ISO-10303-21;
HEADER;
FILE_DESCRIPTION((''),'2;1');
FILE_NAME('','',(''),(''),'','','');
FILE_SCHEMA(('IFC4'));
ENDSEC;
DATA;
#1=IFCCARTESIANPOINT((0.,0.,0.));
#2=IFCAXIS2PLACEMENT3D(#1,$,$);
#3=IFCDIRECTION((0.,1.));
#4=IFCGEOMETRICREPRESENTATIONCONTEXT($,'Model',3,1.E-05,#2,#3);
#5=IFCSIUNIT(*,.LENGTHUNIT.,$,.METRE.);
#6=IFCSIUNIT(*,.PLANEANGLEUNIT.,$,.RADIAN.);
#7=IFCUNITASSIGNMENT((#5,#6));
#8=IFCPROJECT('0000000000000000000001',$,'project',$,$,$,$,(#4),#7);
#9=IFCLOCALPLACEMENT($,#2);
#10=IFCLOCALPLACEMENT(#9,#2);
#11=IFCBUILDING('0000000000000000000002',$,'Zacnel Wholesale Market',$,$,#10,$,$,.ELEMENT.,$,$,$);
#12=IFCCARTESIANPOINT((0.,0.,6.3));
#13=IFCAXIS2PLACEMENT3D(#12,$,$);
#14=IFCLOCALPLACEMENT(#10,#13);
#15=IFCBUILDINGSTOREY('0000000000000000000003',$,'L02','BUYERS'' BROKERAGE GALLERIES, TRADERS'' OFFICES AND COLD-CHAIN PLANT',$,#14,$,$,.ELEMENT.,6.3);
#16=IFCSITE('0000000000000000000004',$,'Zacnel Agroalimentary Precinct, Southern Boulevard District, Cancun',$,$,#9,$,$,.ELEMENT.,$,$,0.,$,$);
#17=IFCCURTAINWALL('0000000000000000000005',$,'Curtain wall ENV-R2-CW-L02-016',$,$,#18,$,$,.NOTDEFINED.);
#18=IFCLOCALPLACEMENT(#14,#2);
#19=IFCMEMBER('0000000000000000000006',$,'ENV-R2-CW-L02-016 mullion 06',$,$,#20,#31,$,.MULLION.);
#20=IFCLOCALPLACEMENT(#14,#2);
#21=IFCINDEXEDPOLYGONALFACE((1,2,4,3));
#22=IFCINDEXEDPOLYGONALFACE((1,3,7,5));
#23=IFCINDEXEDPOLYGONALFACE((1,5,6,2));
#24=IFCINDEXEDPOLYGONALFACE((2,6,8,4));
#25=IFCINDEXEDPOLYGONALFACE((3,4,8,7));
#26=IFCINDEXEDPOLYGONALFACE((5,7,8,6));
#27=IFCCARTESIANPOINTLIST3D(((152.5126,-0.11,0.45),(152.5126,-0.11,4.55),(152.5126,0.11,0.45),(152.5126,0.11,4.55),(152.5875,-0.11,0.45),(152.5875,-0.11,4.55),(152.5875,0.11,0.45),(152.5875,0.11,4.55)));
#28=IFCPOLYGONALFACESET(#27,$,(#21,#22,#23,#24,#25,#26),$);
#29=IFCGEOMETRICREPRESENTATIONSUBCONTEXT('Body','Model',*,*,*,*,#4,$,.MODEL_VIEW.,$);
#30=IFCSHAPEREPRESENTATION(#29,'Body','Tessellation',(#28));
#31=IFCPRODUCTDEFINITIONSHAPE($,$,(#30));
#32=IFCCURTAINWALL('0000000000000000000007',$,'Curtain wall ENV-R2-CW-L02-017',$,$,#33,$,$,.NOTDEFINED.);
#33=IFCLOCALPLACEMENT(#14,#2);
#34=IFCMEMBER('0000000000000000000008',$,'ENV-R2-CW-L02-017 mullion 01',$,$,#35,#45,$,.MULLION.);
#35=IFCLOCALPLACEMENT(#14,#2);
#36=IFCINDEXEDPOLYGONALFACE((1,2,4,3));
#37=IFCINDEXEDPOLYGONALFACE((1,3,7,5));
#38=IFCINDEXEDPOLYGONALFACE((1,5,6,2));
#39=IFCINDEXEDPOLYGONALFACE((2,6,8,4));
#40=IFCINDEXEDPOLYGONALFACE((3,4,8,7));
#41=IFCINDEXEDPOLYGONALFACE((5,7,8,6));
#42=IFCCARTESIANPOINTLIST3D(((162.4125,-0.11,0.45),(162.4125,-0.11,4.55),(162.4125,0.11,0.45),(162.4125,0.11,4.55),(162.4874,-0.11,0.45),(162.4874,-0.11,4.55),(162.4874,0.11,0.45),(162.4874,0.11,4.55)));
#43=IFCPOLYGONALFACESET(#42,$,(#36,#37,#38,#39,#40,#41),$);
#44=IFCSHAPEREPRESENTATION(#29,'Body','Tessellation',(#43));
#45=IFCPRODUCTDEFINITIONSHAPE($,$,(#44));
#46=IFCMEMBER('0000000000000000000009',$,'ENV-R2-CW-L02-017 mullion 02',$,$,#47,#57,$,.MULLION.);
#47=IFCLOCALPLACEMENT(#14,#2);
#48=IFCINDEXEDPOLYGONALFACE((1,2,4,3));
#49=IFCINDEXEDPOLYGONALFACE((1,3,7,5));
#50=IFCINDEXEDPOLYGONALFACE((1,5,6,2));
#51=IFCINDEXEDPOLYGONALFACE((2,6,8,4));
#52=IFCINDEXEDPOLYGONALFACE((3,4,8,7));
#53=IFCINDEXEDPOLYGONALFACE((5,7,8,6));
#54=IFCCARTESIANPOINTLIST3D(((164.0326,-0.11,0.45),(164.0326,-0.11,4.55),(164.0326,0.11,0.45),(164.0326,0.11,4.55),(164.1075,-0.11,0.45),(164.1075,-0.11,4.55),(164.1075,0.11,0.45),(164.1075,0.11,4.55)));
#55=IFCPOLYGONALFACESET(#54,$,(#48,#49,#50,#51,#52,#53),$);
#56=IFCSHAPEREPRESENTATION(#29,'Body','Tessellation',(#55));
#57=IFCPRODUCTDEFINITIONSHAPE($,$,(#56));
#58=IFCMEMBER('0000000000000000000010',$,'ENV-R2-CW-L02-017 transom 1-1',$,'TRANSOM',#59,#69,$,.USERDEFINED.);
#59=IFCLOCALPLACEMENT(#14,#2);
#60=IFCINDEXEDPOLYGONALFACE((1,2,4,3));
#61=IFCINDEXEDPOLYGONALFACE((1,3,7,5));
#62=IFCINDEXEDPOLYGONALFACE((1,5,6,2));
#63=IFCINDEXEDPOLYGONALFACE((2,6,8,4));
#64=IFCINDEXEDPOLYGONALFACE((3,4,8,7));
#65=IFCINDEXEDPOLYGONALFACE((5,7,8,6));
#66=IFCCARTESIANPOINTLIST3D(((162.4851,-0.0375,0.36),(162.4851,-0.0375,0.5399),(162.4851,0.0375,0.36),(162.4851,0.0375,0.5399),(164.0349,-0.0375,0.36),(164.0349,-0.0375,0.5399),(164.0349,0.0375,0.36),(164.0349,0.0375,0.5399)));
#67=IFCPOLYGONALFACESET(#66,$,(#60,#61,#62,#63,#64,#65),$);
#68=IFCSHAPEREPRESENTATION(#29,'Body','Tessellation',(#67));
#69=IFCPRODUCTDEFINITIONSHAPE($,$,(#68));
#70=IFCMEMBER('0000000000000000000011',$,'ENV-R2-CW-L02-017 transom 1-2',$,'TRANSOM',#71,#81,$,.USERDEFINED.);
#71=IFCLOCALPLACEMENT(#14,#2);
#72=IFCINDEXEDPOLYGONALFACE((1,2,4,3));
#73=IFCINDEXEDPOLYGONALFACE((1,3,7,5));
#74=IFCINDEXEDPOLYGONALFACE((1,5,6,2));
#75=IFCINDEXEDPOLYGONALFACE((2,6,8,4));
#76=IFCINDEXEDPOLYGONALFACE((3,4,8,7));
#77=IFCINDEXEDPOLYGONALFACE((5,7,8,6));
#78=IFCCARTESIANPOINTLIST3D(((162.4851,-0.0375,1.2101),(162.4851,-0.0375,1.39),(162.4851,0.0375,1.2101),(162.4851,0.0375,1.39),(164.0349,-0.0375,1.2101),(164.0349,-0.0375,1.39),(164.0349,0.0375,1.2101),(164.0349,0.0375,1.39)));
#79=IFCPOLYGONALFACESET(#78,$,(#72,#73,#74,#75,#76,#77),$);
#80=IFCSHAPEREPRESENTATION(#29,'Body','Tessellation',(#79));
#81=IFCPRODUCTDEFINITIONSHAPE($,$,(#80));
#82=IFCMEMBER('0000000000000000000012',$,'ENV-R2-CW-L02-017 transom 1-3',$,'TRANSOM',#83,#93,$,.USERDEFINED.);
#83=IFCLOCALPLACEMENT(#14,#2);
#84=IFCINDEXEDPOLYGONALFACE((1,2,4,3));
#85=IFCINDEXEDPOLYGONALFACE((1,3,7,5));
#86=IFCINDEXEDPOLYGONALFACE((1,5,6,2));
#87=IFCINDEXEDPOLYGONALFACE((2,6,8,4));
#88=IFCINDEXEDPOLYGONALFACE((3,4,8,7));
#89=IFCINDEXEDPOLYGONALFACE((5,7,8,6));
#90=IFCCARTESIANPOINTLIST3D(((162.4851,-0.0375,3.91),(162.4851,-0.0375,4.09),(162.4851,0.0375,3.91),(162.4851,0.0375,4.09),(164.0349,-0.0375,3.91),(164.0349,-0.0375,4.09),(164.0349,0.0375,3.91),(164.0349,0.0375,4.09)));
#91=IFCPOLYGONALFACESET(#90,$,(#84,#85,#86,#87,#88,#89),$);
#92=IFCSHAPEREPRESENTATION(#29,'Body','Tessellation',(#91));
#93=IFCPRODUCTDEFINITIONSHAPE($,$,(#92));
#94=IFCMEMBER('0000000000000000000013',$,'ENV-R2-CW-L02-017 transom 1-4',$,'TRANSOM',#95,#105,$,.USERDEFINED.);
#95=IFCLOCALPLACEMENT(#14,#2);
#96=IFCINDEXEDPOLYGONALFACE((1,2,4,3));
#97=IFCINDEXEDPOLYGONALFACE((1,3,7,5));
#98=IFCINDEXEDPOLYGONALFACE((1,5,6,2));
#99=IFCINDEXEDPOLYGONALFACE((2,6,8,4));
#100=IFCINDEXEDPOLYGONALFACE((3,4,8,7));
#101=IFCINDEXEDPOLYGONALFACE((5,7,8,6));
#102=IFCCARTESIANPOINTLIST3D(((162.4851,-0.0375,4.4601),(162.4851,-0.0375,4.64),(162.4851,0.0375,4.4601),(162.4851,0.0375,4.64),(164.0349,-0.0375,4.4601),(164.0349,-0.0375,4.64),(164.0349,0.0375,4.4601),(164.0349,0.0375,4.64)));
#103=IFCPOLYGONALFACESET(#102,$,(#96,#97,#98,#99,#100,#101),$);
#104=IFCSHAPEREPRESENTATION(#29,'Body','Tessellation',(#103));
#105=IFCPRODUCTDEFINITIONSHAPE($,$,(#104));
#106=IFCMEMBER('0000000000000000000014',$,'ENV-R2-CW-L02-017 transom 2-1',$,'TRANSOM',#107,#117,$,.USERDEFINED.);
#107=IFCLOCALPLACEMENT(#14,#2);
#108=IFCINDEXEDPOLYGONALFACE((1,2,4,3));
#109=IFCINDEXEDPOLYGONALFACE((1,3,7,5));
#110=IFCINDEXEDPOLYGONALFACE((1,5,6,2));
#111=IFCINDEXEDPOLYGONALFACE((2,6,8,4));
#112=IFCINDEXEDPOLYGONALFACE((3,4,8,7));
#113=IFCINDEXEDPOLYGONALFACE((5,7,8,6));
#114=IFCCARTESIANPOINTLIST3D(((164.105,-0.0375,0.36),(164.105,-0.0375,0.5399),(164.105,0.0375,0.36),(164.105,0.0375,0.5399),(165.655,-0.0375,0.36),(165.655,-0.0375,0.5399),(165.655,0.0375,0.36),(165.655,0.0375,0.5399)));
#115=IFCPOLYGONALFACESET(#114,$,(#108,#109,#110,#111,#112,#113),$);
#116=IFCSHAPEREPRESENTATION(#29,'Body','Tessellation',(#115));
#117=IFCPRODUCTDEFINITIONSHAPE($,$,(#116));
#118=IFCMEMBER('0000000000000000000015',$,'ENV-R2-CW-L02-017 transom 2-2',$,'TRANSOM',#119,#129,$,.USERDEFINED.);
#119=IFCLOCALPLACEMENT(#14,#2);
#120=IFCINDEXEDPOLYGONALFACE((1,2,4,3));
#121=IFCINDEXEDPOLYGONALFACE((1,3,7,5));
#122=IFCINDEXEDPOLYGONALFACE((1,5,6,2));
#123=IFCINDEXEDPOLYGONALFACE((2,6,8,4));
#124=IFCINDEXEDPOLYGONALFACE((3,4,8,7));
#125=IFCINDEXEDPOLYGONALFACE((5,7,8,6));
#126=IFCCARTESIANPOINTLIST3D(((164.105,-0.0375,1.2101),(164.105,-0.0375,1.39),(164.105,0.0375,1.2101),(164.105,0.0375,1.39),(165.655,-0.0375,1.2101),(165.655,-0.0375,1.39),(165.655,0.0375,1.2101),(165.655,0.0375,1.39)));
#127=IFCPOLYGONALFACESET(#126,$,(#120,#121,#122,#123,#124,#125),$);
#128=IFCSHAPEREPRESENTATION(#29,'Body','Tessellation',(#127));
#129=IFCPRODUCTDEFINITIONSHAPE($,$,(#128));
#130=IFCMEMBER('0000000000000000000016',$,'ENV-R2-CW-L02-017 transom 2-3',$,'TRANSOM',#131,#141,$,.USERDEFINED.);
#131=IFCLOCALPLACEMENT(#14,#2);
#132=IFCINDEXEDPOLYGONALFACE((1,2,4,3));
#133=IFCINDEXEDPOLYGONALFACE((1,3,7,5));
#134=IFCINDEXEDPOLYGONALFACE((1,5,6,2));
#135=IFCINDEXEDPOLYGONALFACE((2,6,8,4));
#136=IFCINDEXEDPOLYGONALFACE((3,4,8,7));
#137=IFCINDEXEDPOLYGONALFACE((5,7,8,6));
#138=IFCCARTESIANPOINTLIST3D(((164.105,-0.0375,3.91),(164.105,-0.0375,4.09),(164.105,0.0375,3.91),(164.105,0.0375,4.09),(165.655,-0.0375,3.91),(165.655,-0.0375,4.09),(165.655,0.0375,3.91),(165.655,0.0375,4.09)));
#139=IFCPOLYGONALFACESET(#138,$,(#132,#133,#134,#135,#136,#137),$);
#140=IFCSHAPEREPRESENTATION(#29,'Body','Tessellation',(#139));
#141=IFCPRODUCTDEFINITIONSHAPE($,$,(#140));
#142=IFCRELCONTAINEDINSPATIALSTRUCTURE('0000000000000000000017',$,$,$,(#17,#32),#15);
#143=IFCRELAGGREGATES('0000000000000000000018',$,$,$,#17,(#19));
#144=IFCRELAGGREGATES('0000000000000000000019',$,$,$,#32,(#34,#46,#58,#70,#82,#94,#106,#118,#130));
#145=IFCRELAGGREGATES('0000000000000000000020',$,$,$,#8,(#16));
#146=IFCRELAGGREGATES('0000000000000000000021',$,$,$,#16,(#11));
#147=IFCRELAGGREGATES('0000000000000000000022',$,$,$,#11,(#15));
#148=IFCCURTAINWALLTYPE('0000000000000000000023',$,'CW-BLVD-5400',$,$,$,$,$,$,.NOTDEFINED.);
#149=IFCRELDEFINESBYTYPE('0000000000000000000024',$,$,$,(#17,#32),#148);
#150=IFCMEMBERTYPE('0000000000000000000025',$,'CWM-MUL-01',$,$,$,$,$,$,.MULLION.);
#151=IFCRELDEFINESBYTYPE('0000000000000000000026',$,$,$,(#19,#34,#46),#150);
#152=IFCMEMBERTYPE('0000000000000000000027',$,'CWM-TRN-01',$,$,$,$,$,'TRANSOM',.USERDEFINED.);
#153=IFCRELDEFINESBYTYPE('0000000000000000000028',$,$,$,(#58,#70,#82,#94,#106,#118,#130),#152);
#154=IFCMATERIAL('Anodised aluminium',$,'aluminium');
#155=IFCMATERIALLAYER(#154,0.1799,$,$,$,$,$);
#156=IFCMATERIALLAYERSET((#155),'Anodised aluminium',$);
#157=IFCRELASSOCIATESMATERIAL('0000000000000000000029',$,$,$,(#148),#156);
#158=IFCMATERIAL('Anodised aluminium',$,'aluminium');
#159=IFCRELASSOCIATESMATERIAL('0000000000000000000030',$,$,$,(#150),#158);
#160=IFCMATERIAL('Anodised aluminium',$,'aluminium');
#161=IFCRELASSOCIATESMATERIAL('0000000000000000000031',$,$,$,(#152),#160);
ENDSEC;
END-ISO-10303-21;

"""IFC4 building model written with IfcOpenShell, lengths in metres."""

from ifc_helpers import new_model, si_unit, direction, frame, origin, origin_2d, place, context, subcontext, project, spatial, rectangle, extrude, material, layer, layer_set, material_profile, profile_set, type_object, element, aggregate, save


model = new_model("IFC4")

# Units and contexts
model_context = context("Model", 3, precision=1e-05, world=origin(), true_north=direction((0.0, 1.0)))
body_context = subcontext(model_context, "Body", "Model", "MODEL_VIEW")
ifc_project = project(units=[si_unit("LENGTHUNIT", "METRE"), si_unit("PLANEANGLEUNIT", "RADIAN")], contexts=[model_context])

# Site, building, storey
site_placement = place(None, origin())
site = spatial("IfcSite", under=ifc_project, at=site_placement, Name="Zacnel Agroalimentary Precinct, Southern Boulevard District, Cancun", CompositionType="ELEMENT", RefElevation=0.0)
building_placement = place(site_placement, origin())
building = spatial("IfcBuilding", under=site, at=building_placement, Name="Zacnel Wholesale Market", CompositionType="ELEMENT")
storey_placement = place(building_placement, frame((0.0, 0.0, 6.3)))
storey = spatial("IfcBuildingStorey", under=building, at=storey_placement, Name="L02", Description="BUYERS' BROKERAGE GALLERIES, TRADERS' OFFICES AND COLD-CHAIN PLANT", CompositionType="ELEMENT", Elevation=6.3)

# Curtain wall, member
ifc_material_1 = material(Name="Anodised aluminium", Category="aluminium")
ifc_layer_1 = layer(ifc_material_1, 0.1799)
ifc_layer_set_1 = layer_set([ifc_layer_1], Name="Anodised aluminium")
curtain_wall_type = type_object("IfcCurtainWallType", Name="CW-BLVD-5400", PredefinedType="NOTDEFINED", material=ifc_layer_set_1)
curtain_wall_1_placement = place(storey_placement, origin())
curtain_wall_1 = element("IfcCurtainWall", 1, at=curtain_wall_1_placement, inside=storey, type_object=curtain_wall_type, Name="Curtain wall ENV-R2-CW-L02-016", PredefinedType="NOTDEFINED")
ifc_material_2 = material(Name="Anodised aluminium", Category="aluminium")
ifc_material_profile_1 = material_profile(ifc_material_2, rectangle(XDim=0.075, YDim=0.22, at=origin_2d()), Name="AW-MULLION 75x220")
ifc_profile_set_1 = profile_set([ifc_material_profile_1], Name="Anodised aluminium")
member_type_1 = type_object("IfcMemberType", Name="CWM-MUL-01", PredefinedType="MULLION", material=ifc_profile_set_1)
member_1_placement = place(storey_placement, frame((152.55, 0.0, 0.45), z_axis=(0.0, 0.0, 1.0), x_axis=(1.0, 0.0, 0.0)))
member_1 = element("IfcMember", 2, at=member_1_placement, type_object=member_type_1, Name="ENV-R2-CW-L02-016 mullion 06", PredefinedType="MULLION", context=body_context, shape_type="SweptSolid", body=[
    extrude(rectangle(XDim=0.075, YDim=0.22, at=origin_2d()), origin(), (0.0, 0.0, 1.0), 4.1001),
])
aggregate(curtain_wall_1, [member_1])

# Curtain wall, members
curtain_wall_2_placement = place(storey_placement, origin())
curtain_wall_2 = element("IfcCurtainWall", 3, at=curtain_wall_2_placement, inside=storey, type_object=curtain_wall_type, Name="Curtain wall ENV-R2-CW-L02-017", PredefinedType="NOTDEFINED")
member_2_placement = place(storey_placement, frame((162.45, 0.0, 0.45), z_axis=(0.0, 0.0, 1.0), x_axis=(1.0, 0.0, 0.0)))
member_2 = element("IfcMember", 4, at=member_2_placement, type_object=member_type_1, Name="ENV-R2-CW-L02-017 mullion 01", PredefinedType="MULLION", context=body_context, shape_type="SweptSolid", body=[
    extrude(rectangle(XDim=0.075, YDim=0.22, at=origin_2d()), origin(), (0.0, 0.0, 1.0), 4.1001),
])
member_3_placement = place(storey_placement, frame((164.0701, 0.0, 0.45), z_axis=(0.0, 0.0, 1.0), x_axis=(1.0, 0.0, 0.0)))
member_3 = element("IfcMember", 5, at=member_3_placement, type_object=member_type_1, Name="ENV-R2-CW-L02-017 mullion 02", PredefinedType="MULLION", context=body_context, shape_type="SweptSolid", body=[
    extrude(rectangle(XDim=0.075, YDim=0.22, at=origin_2d()), origin(), (0.0, 0.0, 1.0), 4.1001),
])
ifc_material_3 = material(Name="Anodised aluminium", Category="aluminium")
ifc_material_profile_2 = material_profile(ifc_material_3, rectangle(XDim=0.075, YDim=0.1799, at=origin_2d()), Name="AW-TRANSOM 75x180")
ifc_profile_set_2 = profile_set([ifc_material_profile_2], Name="Anodised aluminium")
member_type_2 = type_object("IfcMemberType", Name="CWM-TRN-01", ElementType="TRANSOM", PredefinedType="USERDEFINED", material=ifc_profile_set_2)
member_4_placement = place(storey_placement, frame((162.4851, 0.0, 0.45), z_axis=(1.0, 0.0, 0.0), x_axis=(0.0, 1.0, 0.0)))
member_4 = element("IfcMember", 6, at=member_4_placement, type_object=member_type_2, Name="ENV-R2-CW-L02-017 transom 1-1", ObjectType="TRANSOM", PredefinedType="USERDEFINED", context=body_context, shape_type="SweptSolid", body=[
    extrude(rectangle(XDim=0.075, YDim=0.1799, at=origin_2d()), origin(), (0.0, 0.0, 1.0), 1.5498),
])
member_5_placement = place(storey_placement, frame((162.4851, 0.0, 1.3), z_axis=(1.0, 0.0, 0.0), x_axis=(0.0, 1.0, 0.0)))
member_5 = element("IfcMember", 7, at=member_5_placement, type_object=member_type_2, Name="ENV-R2-CW-L02-017 transom 1-2", ObjectType="TRANSOM", PredefinedType="USERDEFINED", context=body_context, shape_type="SweptSolid", body=[
    extrude(rectangle(XDim=0.075, YDim=0.1799, at=origin_2d()), origin(), (0.0, 0.0, 1.0), 1.5498),
])
member_6_placement = place(storey_placement, frame((162.4851, 0.0, 4.0), z_axis=(1.0, 0.0, 0.0), x_axis=(0.0, 1.0, 0.0)))
member_6 = element("IfcMember", 8, at=member_6_placement, type_object=member_type_2, Name="ENV-R2-CW-L02-017 transom 1-3", ObjectType="TRANSOM", PredefinedType="USERDEFINED", context=body_context, shape_type="SweptSolid", body=[
    extrude(rectangle(XDim=0.075, YDim=0.1799, at=origin_2d()), origin(), (0.0, 0.0, 1.0), 1.5498),
])
member_7_placement = place(storey_placement, frame((162.4851, 0.0, 4.55), z_axis=(1.0, 0.0, 0.0), x_axis=(0.0, 1.0, 0.0)))
member_7 = element("IfcMember", 9, at=member_7_placement, type_object=member_type_2, Name="ENV-R2-CW-L02-017 transom 1-4", ObjectType="TRANSOM", PredefinedType="USERDEFINED", context=body_context, shape_type="SweptSolid", body=[
    extrude(rectangle(XDim=0.075, YDim=0.1799, at=origin_2d()), origin(), (0.0, 0.0, 1.0), 1.5498),
])
member_8_placement = place(storey_placement, frame((164.105, 0.0, 0.45), z_axis=(1.0, 0.0, 0.0), x_axis=(0.0, 1.0, 0.0)))
member_8 = element("IfcMember", 10, at=member_8_placement, type_object=member_type_2, Name="ENV-R2-CW-L02-017 transom 2-1", ObjectType="TRANSOM", PredefinedType="USERDEFINED", context=body_context, shape_type="SweptSolid", body=[
    extrude(rectangle(XDim=0.075, YDim=0.1799, at=origin_2d()), origin(), (0.0, 0.0, 1.0), 1.55),
])
member_9_placement = place(storey_placement, frame((164.105, 0.0, 1.3), z_axis=(1.0, 0.0, 0.0), x_axis=(0.0, 1.0, 0.0)))
member_9 = element("IfcMember", 11, at=member_9_placement, type_object=member_type_2, Name="ENV-R2-CW-L02-017 transom 2-2", ObjectType="TRANSOM", PredefinedType="USERDEFINED", context=body_context, shape_type="SweptSolid", body=[
    extrude(rectangle(XDim=0.075, YDim=0.1799, at=origin_2d()), origin(), (0.0, 0.0, 1.0), 1.55),
])
member_10_placement = place(storey_placement, frame((164.105, 0.0, 4.0), z_axis=(1.0, 0.0, 0.0), x_axis=(0.0, 1.0, 0.0)))
member_10 = element("IfcMember", 12, at=member_10_placement, type_object=member_type_2, Name="ENV-R2-CW-L02-017 transom 2-3", ObjectType="TRANSOM", PredefinedType="USERDEFINED", context=body_context, shape_type="SweptSolid", body=[
    extrude(rectangle(XDim=0.075, YDim=0.1799, at=origin_2d()), origin(), (0.0, 0.0, 1.0), 1.55),
])

aggregate(curtain_wall_2, [member_2, member_3, member_4, member_5, member_6, member_7, member_8, member_9, member_10])

save(model, "model.ifc")
